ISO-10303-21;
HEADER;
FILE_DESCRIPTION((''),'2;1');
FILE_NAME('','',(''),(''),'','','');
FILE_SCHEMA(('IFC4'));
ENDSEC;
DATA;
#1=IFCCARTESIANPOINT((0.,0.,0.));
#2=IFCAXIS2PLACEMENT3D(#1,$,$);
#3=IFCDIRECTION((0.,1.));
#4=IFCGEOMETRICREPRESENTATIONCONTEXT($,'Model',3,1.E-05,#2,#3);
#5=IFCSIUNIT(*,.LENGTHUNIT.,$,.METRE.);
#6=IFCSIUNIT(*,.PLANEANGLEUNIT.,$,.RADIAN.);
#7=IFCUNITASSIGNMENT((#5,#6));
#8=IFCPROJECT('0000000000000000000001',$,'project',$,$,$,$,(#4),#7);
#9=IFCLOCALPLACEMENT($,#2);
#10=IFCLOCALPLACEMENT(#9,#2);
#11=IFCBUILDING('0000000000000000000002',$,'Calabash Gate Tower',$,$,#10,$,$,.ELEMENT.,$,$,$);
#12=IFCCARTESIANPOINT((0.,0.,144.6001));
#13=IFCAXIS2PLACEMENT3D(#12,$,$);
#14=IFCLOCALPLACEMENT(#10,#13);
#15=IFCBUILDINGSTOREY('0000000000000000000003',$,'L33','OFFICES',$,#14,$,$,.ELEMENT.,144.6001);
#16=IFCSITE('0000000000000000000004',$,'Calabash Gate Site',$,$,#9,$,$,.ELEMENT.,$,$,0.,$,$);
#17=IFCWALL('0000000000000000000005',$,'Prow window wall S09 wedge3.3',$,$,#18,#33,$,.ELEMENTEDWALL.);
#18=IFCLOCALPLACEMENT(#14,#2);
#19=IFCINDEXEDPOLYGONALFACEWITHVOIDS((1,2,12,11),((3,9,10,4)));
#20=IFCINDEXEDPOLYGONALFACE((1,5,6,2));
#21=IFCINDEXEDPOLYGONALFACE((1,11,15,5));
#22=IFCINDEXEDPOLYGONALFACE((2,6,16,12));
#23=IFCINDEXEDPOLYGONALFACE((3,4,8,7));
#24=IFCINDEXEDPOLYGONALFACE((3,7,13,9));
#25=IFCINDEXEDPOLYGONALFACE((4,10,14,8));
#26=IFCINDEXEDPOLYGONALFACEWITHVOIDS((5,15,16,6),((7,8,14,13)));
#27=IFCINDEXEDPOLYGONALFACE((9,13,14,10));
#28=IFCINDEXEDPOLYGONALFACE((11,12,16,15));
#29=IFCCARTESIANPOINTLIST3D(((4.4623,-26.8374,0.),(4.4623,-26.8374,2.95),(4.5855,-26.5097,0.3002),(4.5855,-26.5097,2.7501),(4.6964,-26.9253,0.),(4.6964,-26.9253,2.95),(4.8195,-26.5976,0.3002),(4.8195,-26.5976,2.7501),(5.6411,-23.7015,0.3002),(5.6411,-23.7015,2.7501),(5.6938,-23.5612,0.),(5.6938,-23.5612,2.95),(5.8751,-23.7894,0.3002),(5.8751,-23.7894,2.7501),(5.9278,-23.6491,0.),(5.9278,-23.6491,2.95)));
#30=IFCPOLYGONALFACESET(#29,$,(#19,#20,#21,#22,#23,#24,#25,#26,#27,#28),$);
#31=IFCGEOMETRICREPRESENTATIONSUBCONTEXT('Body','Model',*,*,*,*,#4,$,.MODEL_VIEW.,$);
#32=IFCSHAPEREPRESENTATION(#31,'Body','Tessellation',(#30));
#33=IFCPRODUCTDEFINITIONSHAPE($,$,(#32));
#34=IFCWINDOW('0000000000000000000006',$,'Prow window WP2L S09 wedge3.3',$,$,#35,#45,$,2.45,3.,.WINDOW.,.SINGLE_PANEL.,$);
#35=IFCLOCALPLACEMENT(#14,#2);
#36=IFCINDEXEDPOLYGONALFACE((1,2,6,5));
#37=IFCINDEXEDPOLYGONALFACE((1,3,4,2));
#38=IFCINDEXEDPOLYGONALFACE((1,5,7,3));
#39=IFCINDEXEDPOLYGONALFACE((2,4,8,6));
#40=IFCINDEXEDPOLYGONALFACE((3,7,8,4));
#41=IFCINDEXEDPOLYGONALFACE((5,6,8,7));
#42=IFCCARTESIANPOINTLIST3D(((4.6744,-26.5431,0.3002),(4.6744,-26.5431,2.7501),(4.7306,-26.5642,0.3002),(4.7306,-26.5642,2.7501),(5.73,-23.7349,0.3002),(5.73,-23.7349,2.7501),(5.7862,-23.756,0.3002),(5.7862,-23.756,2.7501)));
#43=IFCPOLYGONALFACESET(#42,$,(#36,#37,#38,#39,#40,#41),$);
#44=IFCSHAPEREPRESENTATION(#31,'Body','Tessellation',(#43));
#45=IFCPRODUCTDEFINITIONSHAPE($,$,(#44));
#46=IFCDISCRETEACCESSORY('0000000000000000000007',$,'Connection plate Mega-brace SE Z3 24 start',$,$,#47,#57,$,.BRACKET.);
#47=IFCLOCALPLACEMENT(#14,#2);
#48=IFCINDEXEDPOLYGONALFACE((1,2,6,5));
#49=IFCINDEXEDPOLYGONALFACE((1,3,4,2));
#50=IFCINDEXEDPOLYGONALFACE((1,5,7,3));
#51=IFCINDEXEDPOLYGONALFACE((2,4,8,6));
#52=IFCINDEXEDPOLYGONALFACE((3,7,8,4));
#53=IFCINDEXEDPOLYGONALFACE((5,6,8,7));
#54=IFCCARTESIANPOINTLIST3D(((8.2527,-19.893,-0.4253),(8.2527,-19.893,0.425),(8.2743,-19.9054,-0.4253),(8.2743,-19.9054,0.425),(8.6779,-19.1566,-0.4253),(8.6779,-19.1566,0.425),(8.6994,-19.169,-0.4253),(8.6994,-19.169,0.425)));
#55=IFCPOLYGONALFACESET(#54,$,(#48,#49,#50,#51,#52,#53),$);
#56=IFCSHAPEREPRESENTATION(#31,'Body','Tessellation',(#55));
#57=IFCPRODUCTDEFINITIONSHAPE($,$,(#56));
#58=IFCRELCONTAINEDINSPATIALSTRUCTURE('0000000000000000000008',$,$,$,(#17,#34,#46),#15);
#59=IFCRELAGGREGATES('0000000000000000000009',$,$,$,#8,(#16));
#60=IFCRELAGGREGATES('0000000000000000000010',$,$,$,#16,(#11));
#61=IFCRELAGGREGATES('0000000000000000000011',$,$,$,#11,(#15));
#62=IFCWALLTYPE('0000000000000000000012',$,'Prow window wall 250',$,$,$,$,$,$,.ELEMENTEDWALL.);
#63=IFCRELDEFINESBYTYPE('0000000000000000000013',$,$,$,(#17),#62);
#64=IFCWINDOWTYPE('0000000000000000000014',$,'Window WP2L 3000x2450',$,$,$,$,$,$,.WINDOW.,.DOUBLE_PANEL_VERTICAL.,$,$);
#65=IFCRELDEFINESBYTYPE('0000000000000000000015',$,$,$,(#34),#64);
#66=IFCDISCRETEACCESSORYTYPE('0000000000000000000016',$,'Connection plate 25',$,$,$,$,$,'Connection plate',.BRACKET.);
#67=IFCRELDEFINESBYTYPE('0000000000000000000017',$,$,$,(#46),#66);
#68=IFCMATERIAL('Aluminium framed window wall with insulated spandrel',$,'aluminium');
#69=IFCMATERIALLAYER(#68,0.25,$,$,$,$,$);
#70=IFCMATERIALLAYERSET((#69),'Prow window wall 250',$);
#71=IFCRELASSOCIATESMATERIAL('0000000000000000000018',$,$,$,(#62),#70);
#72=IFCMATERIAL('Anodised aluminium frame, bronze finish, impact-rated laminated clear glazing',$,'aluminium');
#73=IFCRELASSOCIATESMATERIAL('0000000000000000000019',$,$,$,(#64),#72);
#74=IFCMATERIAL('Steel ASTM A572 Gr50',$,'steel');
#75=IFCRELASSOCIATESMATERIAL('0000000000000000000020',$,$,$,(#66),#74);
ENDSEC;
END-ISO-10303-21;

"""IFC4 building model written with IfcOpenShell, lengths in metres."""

from ifc_helpers import new_model, si_unit, direction, frame, frame_2d, origin, origin_2d, place, context, subcontext, project, spatial, rectangle, extrude, material, layer, layer_set, type_object, element, fill, save


model = new_model("IFC4")

# Units and contexts
model_context = context("Model", 3, precision=1e-05, world=origin(), true_north=direction((0.0, 1.0)))
body_context = subcontext(model_context, "Body", "Model", "MODEL_VIEW")
ifc_project = project(units=[si_unit("LENGTHUNIT", "METRE"), si_unit("PLANEANGLEUNIT", "RADIAN")], contexts=[model_context])

# Site, building, storey
site_placement = place(None, origin())
site = spatial("IfcSite", under=ifc_project, at=site_placement, Name="Calabash Gate Site", CompositionType="ELEMENT", RefElevation=0.0)
building_placement = place(site_placement, origin())
building = spatial("IfcBuilding", under=site, at=building_placement, Name="Calabash Gate Tower", CompositionType="ELEMENT")
storey_placement = place(building_placement, frame((0.0, 0.0, 144.6001)))
storey = spatial("IfcBuildingStorey", under=building, at=storey_placement, Name="L33", Description="OFFICES", CompositionType="ELEMENT", Elevation=144.6001)

# Wall, opening, window
ifc_material_1 = material(Name="Aluminium framed window wall with insulated spandrel", Category="aluminium")
ifc_layer_1 = layer(ifc_material_1, 0.25)
ifc_layer_set_1 = layer_set([ifc_layer_1], Name="Prow window wall 250")
wall_type_1 = type_object("IfcWallType", Name="Prow window wall 250", PredefinedType="ELEMENTEDWALL", material=ifc_layer_set_1)
wall_1_placement = place(storey_placement, frame((4.5793, -26.8813, 0.0), z_axis=(0.0, 0.0, 1.0), x_axis=(0.35185, 0.936057, 0.0)))
wall_1 = element("IfcWall", 1, at=wall_1_placement, inside=storey, type_object=wall_type_1, Name="Prow window wall S09 wedge3.3", PredefinedType="ELEMENTEDWALL", context=body_context, shape_type="SweptSolid", body=[
    extrude(rectangle(XDim=3.5, YDim=0.25, at=frame_2d((1.75, 0.0))), origin(), (0.0, 0.0, 1.0), 2.95),
])
opening_1_placement = place(wall_1_placement, frame((0.3501, 0.0, 0.3)))
opening_1 = element("IfcOpeningElement", 2, at=opening_1_placement, cuts=wall_1, PredefinedType="OPENING", context=body_context, shape_type="SweptSolid", body=[
    extrude(rectangle(XDim=3.0, YDim=2.45, at=frame_2d((1.5, 1.2251))), frame((0.0, 0.135, 0.0), z_axis=(0.0, -1.0, 0.0), x_axis=(1.0, 0.0, 0.0)), (0.0, 0.0, 1.0), 0.27),
])
ifc_material_2 = material(Name="Anodised aluminium frame, bronze finish, impact-rated laminated clear glazing", Category="aluminium")
window_type_1 = type_object("IfcWindowType", Name="Window WP2L 3000x2450", PartitioningType="DOUBLE_PANEL_VERTICAL", PredefinedType="WINDOW", material=ifc_material_2)
window_1_placement = place(opening_1_placement, origin())
window_1 = element("IfcWindow", 3, at=window_1_placement, inside=storey, type_object=window_type_1, Name="Prow window WP2L S09 wedge3.3", OverallHeight=2.45, OverallWidth=3.0, PartitioningType="SINGLE_PANEL", PredefinedType="WINDOW", context=body_context, shape_type="SweptSolid", body=[
    extrude(rectangle(XDim=3.0, YDim=2.45, at=frame_2d((1.5, 1.2251))), frame((0.0, 0.03, 0.0), z_axis=(0.0, -1.0, 0.0), x_axis=(1.0, 0.0, 0.0)), (0.0, 0.0, 1.0), 0.0601),
])
fill(opening_1, window_1)

# Discrete accessory
ifc_material_3 = material(Name="Steel ASTM A572 Gr50", Category="steel")
discrete_accessory_type = type_object("IfcDiscreteAccessoryType", Name="Connection plate 25", ElementType="Connection plate", PredefinedType="BRACKET", material=ifc_material_3)
discrete_accessory_placement = place(storey_placement, frame((8.4761, -19.531, -0.4253), z_axis=(0.0, 0.0, 1.0), x_axis=(0.5, 0.866025, 0.0)))
element("IfcDiscreteAccessory", 4, at=discrete_accessory_placement, inside=storey, type_object=discrete_accessory_type, Name="Connection plate Mega-brace SE Z3 24 start", PredefinedType="BRACKET", context=body_context, shape_type="SweptSolid", body=[
    extrude(rectangle(XDim=0.8503, YDim=0.0249, at=origin_2d()), origin(), (0.0, 0.0, 1.0), 0.8503),
])

save(model, "model.ifc")
